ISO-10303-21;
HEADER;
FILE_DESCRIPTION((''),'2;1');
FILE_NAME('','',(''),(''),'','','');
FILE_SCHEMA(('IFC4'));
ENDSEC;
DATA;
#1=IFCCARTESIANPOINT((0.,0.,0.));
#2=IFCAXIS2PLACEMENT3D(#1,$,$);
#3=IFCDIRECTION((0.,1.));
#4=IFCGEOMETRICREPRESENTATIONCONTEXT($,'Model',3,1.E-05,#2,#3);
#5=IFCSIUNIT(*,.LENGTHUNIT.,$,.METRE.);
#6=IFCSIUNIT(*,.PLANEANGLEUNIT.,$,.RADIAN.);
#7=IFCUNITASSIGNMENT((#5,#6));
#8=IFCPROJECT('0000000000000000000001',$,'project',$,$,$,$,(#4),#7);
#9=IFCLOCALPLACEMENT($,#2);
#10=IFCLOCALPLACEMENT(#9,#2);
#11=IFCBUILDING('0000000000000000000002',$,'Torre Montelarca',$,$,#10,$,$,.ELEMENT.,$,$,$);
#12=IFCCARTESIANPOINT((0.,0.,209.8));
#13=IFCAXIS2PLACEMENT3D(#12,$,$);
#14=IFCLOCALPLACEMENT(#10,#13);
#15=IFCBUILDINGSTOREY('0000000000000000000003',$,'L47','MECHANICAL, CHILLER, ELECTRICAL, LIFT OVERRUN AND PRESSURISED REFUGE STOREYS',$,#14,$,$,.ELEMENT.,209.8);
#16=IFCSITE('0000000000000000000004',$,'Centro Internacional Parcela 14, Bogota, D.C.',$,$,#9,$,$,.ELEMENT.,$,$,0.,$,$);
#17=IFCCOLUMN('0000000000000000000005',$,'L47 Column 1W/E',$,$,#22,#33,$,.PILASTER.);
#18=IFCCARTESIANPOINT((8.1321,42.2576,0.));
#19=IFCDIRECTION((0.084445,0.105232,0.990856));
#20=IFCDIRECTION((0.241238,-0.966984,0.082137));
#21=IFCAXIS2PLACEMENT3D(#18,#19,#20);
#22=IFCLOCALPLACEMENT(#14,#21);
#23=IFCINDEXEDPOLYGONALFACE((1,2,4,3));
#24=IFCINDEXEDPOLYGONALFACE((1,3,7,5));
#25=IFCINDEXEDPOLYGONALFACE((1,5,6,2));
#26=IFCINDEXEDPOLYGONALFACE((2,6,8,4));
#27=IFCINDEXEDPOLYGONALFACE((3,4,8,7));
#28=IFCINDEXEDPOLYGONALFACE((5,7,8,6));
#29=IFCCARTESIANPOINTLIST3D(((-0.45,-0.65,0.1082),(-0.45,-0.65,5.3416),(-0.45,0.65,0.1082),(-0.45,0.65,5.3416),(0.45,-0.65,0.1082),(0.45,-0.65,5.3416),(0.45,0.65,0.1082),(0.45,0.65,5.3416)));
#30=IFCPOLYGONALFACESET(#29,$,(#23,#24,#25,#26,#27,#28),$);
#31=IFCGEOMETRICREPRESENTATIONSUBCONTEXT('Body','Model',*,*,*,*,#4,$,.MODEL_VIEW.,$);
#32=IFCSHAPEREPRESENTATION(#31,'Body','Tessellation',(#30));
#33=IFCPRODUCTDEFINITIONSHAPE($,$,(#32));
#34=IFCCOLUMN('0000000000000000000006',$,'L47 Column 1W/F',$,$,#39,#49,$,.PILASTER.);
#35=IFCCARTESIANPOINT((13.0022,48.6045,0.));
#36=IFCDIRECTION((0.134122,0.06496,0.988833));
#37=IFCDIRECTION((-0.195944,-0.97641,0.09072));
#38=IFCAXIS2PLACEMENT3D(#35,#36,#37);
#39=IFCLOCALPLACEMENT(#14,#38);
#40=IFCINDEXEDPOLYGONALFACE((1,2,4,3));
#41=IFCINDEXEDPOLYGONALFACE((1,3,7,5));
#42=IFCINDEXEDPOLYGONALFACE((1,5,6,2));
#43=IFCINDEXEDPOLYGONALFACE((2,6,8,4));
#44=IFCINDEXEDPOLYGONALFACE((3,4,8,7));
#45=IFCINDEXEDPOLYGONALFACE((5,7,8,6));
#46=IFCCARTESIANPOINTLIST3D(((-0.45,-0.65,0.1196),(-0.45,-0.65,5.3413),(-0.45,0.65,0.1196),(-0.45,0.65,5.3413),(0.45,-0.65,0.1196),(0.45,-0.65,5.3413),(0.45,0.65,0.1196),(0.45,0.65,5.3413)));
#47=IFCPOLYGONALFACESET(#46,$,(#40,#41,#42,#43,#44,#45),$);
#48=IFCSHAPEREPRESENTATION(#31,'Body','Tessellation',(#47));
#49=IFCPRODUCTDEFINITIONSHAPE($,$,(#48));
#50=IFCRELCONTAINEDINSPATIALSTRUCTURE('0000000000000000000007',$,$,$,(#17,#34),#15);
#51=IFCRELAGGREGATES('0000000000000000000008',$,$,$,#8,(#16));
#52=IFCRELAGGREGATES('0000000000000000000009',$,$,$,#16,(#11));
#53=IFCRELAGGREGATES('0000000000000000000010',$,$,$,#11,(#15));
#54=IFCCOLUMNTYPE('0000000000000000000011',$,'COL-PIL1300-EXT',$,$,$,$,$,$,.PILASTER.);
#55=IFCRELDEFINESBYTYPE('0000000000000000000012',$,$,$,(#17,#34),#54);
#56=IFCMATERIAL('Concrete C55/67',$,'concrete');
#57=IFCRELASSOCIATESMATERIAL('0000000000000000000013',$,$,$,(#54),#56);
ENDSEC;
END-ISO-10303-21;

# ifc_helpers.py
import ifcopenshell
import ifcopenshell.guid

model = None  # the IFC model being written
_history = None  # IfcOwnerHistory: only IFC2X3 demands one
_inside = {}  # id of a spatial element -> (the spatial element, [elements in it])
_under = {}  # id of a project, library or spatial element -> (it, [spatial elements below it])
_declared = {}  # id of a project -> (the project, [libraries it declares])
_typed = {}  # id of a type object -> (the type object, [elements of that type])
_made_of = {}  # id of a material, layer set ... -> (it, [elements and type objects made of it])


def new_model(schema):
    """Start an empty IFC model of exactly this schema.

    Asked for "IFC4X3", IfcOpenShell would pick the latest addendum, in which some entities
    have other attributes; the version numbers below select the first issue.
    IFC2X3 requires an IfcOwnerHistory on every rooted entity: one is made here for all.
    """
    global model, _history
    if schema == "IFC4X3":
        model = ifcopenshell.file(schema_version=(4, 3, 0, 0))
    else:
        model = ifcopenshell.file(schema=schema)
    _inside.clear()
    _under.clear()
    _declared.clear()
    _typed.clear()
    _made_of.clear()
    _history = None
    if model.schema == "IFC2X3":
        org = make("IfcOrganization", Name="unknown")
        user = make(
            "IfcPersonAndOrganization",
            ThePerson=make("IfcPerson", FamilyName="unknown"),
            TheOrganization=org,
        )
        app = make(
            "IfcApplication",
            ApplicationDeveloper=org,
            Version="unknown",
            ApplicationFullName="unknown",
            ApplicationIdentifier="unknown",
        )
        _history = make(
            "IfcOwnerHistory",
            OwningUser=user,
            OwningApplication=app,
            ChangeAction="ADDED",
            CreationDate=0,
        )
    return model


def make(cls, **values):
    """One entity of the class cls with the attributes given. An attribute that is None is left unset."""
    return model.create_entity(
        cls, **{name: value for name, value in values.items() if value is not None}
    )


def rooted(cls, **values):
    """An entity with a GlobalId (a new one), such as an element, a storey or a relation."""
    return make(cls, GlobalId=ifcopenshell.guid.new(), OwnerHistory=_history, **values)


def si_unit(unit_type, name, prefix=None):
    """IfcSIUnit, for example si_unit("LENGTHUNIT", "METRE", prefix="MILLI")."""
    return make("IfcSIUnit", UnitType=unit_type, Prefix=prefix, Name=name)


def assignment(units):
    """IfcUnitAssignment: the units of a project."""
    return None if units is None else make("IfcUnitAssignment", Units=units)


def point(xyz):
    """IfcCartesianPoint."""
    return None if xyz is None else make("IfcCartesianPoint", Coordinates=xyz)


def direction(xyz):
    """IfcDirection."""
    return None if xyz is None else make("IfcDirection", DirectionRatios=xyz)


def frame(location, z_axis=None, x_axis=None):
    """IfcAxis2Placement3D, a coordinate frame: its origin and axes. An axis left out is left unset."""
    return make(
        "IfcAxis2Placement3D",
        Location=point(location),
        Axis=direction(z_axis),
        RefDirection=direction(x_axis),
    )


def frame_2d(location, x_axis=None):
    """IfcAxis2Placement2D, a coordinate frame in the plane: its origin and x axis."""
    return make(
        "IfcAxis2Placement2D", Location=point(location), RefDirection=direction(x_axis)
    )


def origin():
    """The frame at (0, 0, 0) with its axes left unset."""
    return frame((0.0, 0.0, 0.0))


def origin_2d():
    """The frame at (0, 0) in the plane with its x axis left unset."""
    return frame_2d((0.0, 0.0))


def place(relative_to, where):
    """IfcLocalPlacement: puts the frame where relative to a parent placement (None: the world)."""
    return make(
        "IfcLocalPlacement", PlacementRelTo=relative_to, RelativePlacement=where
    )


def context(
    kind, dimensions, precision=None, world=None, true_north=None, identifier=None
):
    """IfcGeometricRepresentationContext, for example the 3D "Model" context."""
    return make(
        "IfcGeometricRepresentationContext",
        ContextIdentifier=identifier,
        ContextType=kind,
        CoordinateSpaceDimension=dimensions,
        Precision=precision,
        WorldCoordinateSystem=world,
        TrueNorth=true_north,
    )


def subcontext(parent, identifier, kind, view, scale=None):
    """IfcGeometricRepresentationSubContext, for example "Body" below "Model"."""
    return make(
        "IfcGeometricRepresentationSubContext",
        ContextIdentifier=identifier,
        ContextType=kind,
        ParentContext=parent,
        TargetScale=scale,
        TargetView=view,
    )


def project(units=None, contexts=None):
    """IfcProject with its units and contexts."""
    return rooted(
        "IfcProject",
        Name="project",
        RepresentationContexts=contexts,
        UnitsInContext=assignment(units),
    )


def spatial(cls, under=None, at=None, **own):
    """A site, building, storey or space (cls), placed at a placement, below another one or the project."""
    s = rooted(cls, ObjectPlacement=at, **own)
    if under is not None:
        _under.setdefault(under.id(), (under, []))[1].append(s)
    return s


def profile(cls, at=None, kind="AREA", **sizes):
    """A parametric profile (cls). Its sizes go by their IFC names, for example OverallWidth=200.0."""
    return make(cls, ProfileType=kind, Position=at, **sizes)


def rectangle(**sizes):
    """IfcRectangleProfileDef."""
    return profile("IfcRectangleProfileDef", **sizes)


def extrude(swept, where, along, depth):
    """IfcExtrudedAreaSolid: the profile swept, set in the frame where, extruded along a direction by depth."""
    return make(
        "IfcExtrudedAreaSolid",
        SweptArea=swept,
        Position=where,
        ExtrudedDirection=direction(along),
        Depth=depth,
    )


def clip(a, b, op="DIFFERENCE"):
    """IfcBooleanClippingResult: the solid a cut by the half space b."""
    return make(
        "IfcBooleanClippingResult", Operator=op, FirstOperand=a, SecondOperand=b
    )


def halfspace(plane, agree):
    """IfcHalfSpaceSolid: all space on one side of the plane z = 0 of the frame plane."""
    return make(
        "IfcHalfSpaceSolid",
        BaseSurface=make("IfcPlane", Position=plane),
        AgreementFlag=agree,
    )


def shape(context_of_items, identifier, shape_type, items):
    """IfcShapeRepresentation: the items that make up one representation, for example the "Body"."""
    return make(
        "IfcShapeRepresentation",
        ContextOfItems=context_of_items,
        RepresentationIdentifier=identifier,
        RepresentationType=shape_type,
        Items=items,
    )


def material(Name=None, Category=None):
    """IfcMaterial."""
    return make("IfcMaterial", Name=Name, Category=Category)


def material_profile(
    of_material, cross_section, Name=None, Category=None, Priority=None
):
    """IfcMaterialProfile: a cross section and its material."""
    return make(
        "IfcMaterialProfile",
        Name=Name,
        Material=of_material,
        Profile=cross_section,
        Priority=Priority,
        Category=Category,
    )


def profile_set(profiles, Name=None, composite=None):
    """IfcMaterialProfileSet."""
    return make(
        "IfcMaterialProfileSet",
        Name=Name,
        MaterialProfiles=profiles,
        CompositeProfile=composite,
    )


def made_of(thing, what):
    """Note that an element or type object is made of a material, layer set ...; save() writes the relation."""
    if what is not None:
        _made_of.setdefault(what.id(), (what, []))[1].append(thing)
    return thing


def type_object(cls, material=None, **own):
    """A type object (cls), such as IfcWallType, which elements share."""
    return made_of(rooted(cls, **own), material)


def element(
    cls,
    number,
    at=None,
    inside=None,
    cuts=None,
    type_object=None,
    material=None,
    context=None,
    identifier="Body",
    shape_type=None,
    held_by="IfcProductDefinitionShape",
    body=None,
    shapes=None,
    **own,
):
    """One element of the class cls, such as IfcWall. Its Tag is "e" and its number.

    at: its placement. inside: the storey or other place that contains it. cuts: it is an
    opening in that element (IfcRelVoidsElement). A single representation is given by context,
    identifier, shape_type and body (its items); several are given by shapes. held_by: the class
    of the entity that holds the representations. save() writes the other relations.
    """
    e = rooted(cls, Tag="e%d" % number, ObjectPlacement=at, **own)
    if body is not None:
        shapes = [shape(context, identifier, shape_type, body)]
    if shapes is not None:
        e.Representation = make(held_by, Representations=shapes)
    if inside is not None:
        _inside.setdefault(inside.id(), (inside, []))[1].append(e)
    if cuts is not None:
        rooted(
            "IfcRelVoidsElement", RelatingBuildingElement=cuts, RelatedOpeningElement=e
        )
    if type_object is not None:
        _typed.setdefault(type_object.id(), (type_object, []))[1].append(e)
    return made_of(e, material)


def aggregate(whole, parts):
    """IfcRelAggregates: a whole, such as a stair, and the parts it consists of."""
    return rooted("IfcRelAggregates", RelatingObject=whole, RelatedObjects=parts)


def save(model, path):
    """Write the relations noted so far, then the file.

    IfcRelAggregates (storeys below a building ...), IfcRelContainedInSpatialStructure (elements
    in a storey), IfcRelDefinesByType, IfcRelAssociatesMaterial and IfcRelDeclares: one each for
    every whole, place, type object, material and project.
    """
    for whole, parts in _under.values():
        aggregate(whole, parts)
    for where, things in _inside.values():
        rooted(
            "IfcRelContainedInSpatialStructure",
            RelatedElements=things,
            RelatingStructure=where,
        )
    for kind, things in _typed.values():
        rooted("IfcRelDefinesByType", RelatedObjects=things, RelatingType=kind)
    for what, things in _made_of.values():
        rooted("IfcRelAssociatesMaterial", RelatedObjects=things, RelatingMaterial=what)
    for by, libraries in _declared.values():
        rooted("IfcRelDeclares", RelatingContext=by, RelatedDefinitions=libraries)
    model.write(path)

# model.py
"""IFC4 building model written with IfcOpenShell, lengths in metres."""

from ifc_helpers import new_model, si_unit, direction, frame, origin, origin_2d, place, context, subcontext, project, spatial, rectangle, extrude, clip, halfspace, material, material_profile, profile_set, type_object, element, save


model = new_model("IFC4")

# Units and contexts
model_context = context("Model", 3, precision=1e-05, world=origin(), true_north=direction((0.0, 1.0)))
body_context = subcontext(model_context, "Body", "Model", "MODEL_VIEW")
ifc_project = project(units=[si_unit("LENGTHUNIT", "METRE"), si_unit("PLANEANGLEUNIT", "RADIAN")], contexts=[model_context])

# Site, building, storey
site_placement = place(None, origin())
site = spatial("IfcSite", under=ifc_project, at=site_placement, Name="Centro Internacional Parcela 14, Bogota, D.C.", CompositionType="ELEMENT", RefElevation=0.0)
building_placement = place(site_placement, origin())
building = spatial("IfcBuilding", under=site, at=building_placement, Name="Torre Montelarca", CompositionType="ELEMENT")
storey_placement = place(building_placement, frame((0.0, 0.0, 209.8)))
storey = spatial("IfcBuildingStorey", under=building, at=storey_placement, Name="L47", Description="MECHANICAL, CHILLER, ELECTRICAL, LIFT OVERRUN AND PRESSURISED REFUGE STOREYS", CompositionType="ELEMENT", Elevation=209.8)

# Columns
ifc_material_1 = material(Name="Concrete C55/67", Category="concrete")
ifc_material_profile_1 = material_profile(ifc_material_1, rectangle(XDim=0.8999, YDim=1.3, at=origin_2d()), Name="RC1300X900", Category="concrete")
ifc_profile_set_1 = profile_set([ifc_material_profile_1], Name="Concrete C55/67")
column_type_1 = type_object("IfcColumnType", Name="COL-PIL1300-EXT", PredefinedType="PILASTER", material=ifc_profile_set_1)
column_1_placement = place(storey_placement, frame((8.1321, 42.2576, 0.0), z_axis=(0.084445, 0.105232, 0.990856), x_axis=(0.241238, -0.966984, 0.082137)))
element("IfcColumn", 1, at=column_1_placement, inside=storey, type_object=column_type_1, Name="L47 Column 1W/E", PredefinedType="PILASTER", context=body_context, shape_type="Clipping", body=[
    clip(clip(extrude(rectangle(XDim=0.8999, YDim=1.3, at=origin_2d()), origin(), (0.0, 0.0, 1.0), 5.4497), halfspace(frame((0.0, 0.0, 0.1082), z_axis=(0.0, 0.0, -1.0), x_axis=(1.0, 0.0, 0.0)), False)), halfspace(frame((0.0, 0.0, 5.3416), z_axis=(0.0, 0.0, 1.0), x_axis=(1.0, 0.0, 0.0)), False)),
])
column_2_placement = place(storey_placement, frame((13.0022, 48.6045, 0.0), z_axis=(0.134122, 0.06496, 0.988833), x_axis=(-0.195944, -0.97641, 0.09072)))
element("IfcColumn", 2, at=column_2_placement, inside=storey, type_object=column_type_1, Name="L47 Column 1W/F", PredefinedType="PILASTER", context=body_context, shape_type="Clipping", body=[
    clip(clip(extrude(rectangle(XDim=0.8999, YDim=1.3, at=origin_2d()), origin(), (0.0, 0.0, 1.0), 5.4609), halfspace(frame((0.0, 0.0, 0.1196), z_axis=(0.0, 0.0, -1.0), x_axis=(1.0, 0.0, 0.0)), False)), halfspace(frame((0.0, 0.0, 5.3413), z_axis=(0.0, 0.0, 1.0), x_axis=(1.0, 0.0, 0.0)), False)),
])

save(model, "model.ifc")
